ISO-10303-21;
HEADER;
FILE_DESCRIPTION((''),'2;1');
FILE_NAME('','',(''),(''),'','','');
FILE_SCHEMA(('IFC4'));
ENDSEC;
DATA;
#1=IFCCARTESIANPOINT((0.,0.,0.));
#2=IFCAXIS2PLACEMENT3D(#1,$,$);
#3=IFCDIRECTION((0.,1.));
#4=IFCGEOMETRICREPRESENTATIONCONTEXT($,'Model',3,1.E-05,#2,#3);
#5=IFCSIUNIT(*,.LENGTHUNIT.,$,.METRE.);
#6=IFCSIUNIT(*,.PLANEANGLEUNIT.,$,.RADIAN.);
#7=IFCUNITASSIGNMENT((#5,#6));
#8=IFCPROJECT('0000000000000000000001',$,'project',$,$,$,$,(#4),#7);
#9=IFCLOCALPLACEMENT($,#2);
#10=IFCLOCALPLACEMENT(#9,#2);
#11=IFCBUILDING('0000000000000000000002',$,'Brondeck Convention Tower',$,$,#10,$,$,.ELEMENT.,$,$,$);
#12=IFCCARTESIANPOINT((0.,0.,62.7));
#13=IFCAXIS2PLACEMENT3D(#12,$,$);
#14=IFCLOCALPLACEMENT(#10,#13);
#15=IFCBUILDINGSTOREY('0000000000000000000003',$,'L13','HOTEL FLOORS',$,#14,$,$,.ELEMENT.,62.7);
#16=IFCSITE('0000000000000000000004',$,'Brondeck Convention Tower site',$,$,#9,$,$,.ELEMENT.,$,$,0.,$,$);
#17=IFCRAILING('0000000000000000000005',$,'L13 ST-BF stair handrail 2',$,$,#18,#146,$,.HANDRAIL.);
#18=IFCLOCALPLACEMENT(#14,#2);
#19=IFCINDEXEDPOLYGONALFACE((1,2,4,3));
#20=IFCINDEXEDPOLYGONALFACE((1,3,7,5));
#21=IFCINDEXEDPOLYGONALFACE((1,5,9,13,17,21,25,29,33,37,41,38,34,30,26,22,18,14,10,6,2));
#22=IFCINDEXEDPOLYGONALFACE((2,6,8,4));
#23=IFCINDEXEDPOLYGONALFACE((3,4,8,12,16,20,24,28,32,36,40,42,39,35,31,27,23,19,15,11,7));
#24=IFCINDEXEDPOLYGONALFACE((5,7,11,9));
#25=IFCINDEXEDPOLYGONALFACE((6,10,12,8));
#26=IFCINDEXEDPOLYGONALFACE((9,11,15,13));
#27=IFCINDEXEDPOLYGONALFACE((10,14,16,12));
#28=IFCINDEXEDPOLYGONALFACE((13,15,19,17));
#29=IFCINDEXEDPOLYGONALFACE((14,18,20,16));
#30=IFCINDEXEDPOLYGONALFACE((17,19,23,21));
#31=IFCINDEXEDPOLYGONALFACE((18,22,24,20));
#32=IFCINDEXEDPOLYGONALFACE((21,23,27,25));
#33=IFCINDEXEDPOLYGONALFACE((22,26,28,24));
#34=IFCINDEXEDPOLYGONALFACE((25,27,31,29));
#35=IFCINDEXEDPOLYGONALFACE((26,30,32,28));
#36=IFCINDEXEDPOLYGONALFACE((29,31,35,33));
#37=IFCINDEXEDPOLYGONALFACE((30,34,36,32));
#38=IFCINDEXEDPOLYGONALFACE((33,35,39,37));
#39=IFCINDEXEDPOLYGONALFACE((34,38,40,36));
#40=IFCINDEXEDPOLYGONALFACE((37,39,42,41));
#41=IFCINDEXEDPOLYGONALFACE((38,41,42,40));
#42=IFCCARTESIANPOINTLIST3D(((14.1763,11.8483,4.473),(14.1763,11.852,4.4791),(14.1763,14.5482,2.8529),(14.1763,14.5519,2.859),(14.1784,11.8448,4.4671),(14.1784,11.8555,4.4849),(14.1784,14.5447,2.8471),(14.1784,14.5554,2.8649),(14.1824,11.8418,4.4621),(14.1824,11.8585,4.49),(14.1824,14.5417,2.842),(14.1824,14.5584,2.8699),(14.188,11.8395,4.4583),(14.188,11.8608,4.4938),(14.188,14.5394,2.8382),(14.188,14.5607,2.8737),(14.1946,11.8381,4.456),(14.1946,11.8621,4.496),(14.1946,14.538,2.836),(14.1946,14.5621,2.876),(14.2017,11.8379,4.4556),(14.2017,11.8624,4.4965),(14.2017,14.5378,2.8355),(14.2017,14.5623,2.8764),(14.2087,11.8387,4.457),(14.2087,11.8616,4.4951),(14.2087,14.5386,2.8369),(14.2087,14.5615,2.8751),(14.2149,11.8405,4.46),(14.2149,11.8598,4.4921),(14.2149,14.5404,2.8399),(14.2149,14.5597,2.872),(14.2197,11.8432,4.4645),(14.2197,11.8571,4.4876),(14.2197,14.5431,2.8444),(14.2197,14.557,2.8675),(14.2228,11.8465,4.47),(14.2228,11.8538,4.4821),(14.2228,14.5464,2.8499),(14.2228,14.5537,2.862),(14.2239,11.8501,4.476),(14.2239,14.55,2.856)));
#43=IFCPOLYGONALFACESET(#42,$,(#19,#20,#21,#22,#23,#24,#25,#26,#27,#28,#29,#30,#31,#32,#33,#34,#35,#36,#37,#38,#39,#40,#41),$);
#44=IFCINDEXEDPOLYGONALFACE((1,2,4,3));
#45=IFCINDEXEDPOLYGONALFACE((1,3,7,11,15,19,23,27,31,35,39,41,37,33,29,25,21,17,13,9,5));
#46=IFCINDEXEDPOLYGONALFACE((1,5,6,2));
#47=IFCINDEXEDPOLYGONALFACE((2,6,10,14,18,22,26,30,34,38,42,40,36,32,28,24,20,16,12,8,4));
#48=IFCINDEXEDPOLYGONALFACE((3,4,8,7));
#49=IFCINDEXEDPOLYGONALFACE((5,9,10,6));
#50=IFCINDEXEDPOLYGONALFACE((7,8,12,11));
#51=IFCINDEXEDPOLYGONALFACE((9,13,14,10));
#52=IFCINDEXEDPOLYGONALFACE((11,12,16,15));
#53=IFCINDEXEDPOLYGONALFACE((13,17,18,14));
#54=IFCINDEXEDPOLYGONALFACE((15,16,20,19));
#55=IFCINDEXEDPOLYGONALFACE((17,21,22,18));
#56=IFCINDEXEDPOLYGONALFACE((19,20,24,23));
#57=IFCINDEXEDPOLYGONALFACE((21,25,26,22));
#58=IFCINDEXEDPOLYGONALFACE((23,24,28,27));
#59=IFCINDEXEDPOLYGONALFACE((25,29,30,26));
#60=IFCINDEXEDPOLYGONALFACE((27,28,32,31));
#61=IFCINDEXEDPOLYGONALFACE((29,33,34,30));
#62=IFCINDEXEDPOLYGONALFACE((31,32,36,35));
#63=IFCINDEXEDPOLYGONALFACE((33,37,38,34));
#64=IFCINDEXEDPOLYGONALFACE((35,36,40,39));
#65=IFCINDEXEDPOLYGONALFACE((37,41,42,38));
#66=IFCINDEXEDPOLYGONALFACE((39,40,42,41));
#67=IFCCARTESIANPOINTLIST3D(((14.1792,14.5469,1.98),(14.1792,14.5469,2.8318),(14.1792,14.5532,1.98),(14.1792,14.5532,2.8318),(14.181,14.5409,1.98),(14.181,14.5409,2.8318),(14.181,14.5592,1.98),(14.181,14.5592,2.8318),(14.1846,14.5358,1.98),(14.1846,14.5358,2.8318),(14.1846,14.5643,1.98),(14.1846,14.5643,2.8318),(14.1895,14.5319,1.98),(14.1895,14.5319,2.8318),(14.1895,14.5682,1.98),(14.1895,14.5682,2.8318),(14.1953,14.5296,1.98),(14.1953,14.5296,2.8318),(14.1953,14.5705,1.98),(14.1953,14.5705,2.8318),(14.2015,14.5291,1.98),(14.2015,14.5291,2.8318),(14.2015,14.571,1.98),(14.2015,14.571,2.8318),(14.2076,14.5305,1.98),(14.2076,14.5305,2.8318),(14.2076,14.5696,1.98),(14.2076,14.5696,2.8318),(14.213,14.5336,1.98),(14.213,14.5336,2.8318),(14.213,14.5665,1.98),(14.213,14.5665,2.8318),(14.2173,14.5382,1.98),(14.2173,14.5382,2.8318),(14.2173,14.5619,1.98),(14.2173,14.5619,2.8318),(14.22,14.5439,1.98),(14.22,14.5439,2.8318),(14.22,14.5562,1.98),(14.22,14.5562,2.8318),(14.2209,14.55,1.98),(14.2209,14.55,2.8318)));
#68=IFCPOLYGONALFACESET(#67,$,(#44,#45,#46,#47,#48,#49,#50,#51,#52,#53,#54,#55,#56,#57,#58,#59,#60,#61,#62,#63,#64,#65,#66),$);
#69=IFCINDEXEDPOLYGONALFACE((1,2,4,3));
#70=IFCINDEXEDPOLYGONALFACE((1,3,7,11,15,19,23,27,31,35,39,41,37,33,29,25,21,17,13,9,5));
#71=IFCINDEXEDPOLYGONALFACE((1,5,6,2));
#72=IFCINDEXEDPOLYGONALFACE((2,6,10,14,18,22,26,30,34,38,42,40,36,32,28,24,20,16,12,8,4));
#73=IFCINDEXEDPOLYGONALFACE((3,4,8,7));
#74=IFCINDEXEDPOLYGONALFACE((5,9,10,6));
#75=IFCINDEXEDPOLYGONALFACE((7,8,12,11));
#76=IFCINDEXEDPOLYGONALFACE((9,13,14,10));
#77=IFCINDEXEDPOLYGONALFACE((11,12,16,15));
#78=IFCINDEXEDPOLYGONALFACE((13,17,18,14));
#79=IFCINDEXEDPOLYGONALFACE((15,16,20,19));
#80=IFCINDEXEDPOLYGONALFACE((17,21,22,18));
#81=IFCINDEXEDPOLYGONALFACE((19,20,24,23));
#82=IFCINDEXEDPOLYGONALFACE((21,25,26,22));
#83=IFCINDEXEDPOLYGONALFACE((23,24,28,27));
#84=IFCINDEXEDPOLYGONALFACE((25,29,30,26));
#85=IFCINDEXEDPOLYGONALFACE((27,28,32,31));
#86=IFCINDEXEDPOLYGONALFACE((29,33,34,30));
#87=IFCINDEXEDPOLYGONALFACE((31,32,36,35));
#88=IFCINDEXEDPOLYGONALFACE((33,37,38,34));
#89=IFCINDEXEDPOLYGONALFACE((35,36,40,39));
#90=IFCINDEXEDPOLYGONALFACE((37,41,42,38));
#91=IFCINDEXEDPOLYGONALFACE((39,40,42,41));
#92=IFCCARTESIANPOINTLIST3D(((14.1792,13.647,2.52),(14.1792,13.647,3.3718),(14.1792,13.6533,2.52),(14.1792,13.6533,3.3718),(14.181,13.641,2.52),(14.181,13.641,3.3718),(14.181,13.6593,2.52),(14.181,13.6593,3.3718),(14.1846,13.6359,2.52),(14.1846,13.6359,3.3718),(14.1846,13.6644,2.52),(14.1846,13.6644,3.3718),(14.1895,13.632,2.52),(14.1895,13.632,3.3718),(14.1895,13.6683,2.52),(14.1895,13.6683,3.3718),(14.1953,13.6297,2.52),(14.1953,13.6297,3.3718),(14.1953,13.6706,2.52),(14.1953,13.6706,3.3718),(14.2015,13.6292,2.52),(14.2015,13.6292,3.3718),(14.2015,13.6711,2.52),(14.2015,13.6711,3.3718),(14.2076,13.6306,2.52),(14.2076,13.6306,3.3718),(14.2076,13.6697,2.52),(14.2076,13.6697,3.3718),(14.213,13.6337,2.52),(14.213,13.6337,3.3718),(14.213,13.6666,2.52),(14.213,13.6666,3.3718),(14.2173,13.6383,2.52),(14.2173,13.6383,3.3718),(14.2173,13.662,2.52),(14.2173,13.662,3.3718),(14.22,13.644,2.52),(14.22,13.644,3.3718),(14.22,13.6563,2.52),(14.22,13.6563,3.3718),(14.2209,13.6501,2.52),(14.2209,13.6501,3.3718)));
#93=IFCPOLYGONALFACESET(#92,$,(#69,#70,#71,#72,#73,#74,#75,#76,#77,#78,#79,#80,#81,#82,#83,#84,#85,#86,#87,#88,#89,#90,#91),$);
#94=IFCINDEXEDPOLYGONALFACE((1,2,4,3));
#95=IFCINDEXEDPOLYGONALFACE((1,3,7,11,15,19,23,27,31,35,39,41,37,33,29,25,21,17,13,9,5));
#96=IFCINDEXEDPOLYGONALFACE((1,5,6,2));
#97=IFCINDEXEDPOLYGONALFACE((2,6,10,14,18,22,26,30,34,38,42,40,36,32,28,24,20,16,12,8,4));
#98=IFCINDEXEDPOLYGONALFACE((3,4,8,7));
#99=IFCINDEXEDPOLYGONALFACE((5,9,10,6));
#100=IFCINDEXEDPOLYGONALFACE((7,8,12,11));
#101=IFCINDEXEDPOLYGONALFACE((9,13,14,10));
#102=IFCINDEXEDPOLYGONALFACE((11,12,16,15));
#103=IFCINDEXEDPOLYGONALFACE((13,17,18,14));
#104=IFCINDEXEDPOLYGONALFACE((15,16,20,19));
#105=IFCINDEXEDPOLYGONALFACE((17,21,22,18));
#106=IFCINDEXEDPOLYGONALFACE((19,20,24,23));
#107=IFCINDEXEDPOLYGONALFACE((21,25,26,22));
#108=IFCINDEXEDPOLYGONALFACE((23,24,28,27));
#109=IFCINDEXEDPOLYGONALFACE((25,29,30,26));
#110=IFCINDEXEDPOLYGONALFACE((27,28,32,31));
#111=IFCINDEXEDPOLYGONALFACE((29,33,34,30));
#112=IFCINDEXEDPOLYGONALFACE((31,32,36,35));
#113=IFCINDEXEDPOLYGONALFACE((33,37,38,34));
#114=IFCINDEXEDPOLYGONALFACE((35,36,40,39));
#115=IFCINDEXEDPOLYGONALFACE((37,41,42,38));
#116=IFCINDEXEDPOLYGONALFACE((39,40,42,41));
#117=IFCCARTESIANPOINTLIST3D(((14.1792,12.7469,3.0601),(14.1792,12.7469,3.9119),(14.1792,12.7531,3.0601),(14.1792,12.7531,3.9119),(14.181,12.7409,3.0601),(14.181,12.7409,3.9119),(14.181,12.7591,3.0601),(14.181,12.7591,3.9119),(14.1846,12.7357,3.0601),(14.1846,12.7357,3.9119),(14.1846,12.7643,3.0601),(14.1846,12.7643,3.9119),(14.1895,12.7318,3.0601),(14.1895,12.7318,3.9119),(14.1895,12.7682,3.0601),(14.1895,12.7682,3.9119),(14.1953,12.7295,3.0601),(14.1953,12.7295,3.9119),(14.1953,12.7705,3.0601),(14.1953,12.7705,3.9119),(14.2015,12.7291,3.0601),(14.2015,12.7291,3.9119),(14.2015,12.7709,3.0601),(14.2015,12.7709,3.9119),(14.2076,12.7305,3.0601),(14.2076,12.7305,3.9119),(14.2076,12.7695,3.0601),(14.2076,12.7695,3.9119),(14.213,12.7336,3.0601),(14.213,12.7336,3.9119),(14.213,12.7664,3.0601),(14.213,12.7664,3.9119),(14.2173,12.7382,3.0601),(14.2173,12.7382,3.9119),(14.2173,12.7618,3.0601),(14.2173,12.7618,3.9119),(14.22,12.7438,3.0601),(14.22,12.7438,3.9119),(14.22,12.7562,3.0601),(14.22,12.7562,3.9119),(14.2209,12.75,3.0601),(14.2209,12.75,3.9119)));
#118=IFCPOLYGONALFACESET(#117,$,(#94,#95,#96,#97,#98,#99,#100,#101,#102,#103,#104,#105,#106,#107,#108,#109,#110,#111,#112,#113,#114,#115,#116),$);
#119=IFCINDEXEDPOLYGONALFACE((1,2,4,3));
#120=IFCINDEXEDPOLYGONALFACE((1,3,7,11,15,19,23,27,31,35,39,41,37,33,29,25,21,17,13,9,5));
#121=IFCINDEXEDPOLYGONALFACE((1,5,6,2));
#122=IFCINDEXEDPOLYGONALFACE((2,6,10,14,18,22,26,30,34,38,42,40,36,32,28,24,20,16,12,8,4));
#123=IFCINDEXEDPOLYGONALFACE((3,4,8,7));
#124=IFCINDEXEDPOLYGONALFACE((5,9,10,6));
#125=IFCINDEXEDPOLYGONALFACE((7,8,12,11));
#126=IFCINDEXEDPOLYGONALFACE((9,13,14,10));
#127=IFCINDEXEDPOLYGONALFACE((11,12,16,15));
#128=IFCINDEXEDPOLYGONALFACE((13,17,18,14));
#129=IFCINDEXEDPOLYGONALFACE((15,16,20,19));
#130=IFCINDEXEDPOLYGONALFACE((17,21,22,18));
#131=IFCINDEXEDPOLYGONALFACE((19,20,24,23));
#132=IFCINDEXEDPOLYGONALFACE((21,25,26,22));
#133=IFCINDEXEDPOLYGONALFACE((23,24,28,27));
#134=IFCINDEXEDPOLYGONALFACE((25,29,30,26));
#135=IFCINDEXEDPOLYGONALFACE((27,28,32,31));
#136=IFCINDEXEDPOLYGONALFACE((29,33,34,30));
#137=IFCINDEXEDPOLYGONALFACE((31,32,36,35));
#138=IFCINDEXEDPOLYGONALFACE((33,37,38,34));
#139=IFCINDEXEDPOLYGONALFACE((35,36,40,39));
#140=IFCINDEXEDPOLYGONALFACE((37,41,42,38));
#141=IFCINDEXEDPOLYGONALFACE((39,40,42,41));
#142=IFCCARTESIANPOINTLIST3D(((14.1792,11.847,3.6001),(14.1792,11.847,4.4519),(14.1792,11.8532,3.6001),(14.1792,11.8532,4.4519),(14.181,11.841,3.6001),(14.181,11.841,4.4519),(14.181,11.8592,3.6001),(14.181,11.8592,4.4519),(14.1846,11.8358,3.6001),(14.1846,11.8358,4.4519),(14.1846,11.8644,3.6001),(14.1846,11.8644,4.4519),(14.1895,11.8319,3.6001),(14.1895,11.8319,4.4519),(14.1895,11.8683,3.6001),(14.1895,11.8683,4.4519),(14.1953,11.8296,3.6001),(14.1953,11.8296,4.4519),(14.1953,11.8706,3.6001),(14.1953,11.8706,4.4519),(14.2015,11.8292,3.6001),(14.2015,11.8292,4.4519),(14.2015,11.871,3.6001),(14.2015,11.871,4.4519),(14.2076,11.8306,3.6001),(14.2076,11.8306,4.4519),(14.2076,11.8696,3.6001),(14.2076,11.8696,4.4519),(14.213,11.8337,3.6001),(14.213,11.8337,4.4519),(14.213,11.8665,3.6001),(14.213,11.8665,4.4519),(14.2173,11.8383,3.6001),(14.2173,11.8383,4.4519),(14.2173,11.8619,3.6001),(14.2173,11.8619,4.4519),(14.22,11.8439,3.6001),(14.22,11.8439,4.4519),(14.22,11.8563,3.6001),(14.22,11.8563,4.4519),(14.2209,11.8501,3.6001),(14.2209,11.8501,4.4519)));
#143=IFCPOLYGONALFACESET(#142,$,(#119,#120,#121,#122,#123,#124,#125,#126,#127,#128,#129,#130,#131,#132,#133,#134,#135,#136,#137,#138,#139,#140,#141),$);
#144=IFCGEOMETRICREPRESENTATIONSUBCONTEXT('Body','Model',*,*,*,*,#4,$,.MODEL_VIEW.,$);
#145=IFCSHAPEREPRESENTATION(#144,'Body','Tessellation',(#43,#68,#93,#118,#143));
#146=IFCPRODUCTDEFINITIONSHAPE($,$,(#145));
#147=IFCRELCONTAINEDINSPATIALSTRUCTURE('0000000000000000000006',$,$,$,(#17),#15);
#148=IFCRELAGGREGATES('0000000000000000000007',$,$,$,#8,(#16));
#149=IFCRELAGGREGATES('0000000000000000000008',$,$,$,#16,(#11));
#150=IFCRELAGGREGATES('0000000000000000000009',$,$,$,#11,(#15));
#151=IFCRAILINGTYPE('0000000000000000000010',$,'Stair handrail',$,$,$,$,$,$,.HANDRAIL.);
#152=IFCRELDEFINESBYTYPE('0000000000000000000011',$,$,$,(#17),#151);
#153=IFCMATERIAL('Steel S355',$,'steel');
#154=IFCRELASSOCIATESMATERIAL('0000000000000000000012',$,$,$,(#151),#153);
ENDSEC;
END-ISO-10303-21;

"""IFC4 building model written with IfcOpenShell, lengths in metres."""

from ifc_helpers import new_model, si_unit, direction, frame, origin, origin_2d, place, context, subcontext, project, spatial, circle, extrude, material, type_object, element, save


model = new_model("IFC4")

# Units and contexts
model_context = context("Model", 3, precision=1e-05, world=origin(), true_north=direction((0.0, 1.0)))
body_context = subcontext(model_context, "Body", "Model", "MODEL_VIEW")
ifc_project = project(units=[si_unit("LENGTHUNIT", "METRE"), si_unit("PLANEANGLEUNIT", "RADIAN")], contexts=[model_context])

# Site, building, storey
site_placement = place(None, origin())
site = spatial("IfcSite", under=ifc_project, at=site_placement, Name="Brondeck Convention Tower site", CompositionType="ELEMENT", RefElevation=0.0)
building_placement = place(site_placement, origin())
building = spatial("IfcBuilding", under=site, at=building_placement, Name="Brondeck Convention Tower", CompositionType="ELEMENT")
storey_placement = place(building_placement, frame((0.0, 0.0, 62.7)))
storey = spatial("IfcBuildingStorey", under=building, at=storey_placement, Name="L13", Description="HOTEL FLOORS", CompositionType="ELEMENT", Elevation=62.7)

# Shared definitions
ifc_material_1 = material(Name="Steel S355", Category="steel")

# Railing
railing_type_1 = type_object("IfcRailingType", Name="Stair handrail", PredefinedType="HANDRAIL", material=ifc_material_1)
railing_1_placement = place(storey_placement, frame((14.2, 14.55, 1.98)))
element("IfcRailing", 1, at=railing_1_placement, inside=storey, type_object=railing_type_1, Name="L13 ST-BF stair handrail 2", PredefinedType="HANDRAIL", context=body_context, shape_type="SweptSolid", body=[
    extrude(circle(Radius=0.0239, at=origin_2d()), frame((0.0, 0.0, 0.876), z_axis=(0.0, -0.857472, 0.51453), x_axis=(1.0, 0.0, 0.0)), (0.0, 0.0, 1.0), 3.1487),
    extrude(circle(Radius=0.021, at=origin_2d()), origin(), (0.0, 0.0, 1.0), 0.8518),
    extrude(circle(Radius=0.021, at=origin_2d()), frame((0.0, -0.8999, 0.54)), (0.0, 0.0, 1.0), 0.8518),
    extrude(circle(Radius=0.021, at=origin_2d()), frame((0.0, -1.8, 1.0801)), (0.0, 0.0, 1.0), 0.8518),
    extrude(circle(Radius=0.021, at=origin_2d()), frame((0.0, -2.7, 1.6201)), (0.0, 0.0, 1.0), 0.8518),
])

save(model, "model.ifc")
